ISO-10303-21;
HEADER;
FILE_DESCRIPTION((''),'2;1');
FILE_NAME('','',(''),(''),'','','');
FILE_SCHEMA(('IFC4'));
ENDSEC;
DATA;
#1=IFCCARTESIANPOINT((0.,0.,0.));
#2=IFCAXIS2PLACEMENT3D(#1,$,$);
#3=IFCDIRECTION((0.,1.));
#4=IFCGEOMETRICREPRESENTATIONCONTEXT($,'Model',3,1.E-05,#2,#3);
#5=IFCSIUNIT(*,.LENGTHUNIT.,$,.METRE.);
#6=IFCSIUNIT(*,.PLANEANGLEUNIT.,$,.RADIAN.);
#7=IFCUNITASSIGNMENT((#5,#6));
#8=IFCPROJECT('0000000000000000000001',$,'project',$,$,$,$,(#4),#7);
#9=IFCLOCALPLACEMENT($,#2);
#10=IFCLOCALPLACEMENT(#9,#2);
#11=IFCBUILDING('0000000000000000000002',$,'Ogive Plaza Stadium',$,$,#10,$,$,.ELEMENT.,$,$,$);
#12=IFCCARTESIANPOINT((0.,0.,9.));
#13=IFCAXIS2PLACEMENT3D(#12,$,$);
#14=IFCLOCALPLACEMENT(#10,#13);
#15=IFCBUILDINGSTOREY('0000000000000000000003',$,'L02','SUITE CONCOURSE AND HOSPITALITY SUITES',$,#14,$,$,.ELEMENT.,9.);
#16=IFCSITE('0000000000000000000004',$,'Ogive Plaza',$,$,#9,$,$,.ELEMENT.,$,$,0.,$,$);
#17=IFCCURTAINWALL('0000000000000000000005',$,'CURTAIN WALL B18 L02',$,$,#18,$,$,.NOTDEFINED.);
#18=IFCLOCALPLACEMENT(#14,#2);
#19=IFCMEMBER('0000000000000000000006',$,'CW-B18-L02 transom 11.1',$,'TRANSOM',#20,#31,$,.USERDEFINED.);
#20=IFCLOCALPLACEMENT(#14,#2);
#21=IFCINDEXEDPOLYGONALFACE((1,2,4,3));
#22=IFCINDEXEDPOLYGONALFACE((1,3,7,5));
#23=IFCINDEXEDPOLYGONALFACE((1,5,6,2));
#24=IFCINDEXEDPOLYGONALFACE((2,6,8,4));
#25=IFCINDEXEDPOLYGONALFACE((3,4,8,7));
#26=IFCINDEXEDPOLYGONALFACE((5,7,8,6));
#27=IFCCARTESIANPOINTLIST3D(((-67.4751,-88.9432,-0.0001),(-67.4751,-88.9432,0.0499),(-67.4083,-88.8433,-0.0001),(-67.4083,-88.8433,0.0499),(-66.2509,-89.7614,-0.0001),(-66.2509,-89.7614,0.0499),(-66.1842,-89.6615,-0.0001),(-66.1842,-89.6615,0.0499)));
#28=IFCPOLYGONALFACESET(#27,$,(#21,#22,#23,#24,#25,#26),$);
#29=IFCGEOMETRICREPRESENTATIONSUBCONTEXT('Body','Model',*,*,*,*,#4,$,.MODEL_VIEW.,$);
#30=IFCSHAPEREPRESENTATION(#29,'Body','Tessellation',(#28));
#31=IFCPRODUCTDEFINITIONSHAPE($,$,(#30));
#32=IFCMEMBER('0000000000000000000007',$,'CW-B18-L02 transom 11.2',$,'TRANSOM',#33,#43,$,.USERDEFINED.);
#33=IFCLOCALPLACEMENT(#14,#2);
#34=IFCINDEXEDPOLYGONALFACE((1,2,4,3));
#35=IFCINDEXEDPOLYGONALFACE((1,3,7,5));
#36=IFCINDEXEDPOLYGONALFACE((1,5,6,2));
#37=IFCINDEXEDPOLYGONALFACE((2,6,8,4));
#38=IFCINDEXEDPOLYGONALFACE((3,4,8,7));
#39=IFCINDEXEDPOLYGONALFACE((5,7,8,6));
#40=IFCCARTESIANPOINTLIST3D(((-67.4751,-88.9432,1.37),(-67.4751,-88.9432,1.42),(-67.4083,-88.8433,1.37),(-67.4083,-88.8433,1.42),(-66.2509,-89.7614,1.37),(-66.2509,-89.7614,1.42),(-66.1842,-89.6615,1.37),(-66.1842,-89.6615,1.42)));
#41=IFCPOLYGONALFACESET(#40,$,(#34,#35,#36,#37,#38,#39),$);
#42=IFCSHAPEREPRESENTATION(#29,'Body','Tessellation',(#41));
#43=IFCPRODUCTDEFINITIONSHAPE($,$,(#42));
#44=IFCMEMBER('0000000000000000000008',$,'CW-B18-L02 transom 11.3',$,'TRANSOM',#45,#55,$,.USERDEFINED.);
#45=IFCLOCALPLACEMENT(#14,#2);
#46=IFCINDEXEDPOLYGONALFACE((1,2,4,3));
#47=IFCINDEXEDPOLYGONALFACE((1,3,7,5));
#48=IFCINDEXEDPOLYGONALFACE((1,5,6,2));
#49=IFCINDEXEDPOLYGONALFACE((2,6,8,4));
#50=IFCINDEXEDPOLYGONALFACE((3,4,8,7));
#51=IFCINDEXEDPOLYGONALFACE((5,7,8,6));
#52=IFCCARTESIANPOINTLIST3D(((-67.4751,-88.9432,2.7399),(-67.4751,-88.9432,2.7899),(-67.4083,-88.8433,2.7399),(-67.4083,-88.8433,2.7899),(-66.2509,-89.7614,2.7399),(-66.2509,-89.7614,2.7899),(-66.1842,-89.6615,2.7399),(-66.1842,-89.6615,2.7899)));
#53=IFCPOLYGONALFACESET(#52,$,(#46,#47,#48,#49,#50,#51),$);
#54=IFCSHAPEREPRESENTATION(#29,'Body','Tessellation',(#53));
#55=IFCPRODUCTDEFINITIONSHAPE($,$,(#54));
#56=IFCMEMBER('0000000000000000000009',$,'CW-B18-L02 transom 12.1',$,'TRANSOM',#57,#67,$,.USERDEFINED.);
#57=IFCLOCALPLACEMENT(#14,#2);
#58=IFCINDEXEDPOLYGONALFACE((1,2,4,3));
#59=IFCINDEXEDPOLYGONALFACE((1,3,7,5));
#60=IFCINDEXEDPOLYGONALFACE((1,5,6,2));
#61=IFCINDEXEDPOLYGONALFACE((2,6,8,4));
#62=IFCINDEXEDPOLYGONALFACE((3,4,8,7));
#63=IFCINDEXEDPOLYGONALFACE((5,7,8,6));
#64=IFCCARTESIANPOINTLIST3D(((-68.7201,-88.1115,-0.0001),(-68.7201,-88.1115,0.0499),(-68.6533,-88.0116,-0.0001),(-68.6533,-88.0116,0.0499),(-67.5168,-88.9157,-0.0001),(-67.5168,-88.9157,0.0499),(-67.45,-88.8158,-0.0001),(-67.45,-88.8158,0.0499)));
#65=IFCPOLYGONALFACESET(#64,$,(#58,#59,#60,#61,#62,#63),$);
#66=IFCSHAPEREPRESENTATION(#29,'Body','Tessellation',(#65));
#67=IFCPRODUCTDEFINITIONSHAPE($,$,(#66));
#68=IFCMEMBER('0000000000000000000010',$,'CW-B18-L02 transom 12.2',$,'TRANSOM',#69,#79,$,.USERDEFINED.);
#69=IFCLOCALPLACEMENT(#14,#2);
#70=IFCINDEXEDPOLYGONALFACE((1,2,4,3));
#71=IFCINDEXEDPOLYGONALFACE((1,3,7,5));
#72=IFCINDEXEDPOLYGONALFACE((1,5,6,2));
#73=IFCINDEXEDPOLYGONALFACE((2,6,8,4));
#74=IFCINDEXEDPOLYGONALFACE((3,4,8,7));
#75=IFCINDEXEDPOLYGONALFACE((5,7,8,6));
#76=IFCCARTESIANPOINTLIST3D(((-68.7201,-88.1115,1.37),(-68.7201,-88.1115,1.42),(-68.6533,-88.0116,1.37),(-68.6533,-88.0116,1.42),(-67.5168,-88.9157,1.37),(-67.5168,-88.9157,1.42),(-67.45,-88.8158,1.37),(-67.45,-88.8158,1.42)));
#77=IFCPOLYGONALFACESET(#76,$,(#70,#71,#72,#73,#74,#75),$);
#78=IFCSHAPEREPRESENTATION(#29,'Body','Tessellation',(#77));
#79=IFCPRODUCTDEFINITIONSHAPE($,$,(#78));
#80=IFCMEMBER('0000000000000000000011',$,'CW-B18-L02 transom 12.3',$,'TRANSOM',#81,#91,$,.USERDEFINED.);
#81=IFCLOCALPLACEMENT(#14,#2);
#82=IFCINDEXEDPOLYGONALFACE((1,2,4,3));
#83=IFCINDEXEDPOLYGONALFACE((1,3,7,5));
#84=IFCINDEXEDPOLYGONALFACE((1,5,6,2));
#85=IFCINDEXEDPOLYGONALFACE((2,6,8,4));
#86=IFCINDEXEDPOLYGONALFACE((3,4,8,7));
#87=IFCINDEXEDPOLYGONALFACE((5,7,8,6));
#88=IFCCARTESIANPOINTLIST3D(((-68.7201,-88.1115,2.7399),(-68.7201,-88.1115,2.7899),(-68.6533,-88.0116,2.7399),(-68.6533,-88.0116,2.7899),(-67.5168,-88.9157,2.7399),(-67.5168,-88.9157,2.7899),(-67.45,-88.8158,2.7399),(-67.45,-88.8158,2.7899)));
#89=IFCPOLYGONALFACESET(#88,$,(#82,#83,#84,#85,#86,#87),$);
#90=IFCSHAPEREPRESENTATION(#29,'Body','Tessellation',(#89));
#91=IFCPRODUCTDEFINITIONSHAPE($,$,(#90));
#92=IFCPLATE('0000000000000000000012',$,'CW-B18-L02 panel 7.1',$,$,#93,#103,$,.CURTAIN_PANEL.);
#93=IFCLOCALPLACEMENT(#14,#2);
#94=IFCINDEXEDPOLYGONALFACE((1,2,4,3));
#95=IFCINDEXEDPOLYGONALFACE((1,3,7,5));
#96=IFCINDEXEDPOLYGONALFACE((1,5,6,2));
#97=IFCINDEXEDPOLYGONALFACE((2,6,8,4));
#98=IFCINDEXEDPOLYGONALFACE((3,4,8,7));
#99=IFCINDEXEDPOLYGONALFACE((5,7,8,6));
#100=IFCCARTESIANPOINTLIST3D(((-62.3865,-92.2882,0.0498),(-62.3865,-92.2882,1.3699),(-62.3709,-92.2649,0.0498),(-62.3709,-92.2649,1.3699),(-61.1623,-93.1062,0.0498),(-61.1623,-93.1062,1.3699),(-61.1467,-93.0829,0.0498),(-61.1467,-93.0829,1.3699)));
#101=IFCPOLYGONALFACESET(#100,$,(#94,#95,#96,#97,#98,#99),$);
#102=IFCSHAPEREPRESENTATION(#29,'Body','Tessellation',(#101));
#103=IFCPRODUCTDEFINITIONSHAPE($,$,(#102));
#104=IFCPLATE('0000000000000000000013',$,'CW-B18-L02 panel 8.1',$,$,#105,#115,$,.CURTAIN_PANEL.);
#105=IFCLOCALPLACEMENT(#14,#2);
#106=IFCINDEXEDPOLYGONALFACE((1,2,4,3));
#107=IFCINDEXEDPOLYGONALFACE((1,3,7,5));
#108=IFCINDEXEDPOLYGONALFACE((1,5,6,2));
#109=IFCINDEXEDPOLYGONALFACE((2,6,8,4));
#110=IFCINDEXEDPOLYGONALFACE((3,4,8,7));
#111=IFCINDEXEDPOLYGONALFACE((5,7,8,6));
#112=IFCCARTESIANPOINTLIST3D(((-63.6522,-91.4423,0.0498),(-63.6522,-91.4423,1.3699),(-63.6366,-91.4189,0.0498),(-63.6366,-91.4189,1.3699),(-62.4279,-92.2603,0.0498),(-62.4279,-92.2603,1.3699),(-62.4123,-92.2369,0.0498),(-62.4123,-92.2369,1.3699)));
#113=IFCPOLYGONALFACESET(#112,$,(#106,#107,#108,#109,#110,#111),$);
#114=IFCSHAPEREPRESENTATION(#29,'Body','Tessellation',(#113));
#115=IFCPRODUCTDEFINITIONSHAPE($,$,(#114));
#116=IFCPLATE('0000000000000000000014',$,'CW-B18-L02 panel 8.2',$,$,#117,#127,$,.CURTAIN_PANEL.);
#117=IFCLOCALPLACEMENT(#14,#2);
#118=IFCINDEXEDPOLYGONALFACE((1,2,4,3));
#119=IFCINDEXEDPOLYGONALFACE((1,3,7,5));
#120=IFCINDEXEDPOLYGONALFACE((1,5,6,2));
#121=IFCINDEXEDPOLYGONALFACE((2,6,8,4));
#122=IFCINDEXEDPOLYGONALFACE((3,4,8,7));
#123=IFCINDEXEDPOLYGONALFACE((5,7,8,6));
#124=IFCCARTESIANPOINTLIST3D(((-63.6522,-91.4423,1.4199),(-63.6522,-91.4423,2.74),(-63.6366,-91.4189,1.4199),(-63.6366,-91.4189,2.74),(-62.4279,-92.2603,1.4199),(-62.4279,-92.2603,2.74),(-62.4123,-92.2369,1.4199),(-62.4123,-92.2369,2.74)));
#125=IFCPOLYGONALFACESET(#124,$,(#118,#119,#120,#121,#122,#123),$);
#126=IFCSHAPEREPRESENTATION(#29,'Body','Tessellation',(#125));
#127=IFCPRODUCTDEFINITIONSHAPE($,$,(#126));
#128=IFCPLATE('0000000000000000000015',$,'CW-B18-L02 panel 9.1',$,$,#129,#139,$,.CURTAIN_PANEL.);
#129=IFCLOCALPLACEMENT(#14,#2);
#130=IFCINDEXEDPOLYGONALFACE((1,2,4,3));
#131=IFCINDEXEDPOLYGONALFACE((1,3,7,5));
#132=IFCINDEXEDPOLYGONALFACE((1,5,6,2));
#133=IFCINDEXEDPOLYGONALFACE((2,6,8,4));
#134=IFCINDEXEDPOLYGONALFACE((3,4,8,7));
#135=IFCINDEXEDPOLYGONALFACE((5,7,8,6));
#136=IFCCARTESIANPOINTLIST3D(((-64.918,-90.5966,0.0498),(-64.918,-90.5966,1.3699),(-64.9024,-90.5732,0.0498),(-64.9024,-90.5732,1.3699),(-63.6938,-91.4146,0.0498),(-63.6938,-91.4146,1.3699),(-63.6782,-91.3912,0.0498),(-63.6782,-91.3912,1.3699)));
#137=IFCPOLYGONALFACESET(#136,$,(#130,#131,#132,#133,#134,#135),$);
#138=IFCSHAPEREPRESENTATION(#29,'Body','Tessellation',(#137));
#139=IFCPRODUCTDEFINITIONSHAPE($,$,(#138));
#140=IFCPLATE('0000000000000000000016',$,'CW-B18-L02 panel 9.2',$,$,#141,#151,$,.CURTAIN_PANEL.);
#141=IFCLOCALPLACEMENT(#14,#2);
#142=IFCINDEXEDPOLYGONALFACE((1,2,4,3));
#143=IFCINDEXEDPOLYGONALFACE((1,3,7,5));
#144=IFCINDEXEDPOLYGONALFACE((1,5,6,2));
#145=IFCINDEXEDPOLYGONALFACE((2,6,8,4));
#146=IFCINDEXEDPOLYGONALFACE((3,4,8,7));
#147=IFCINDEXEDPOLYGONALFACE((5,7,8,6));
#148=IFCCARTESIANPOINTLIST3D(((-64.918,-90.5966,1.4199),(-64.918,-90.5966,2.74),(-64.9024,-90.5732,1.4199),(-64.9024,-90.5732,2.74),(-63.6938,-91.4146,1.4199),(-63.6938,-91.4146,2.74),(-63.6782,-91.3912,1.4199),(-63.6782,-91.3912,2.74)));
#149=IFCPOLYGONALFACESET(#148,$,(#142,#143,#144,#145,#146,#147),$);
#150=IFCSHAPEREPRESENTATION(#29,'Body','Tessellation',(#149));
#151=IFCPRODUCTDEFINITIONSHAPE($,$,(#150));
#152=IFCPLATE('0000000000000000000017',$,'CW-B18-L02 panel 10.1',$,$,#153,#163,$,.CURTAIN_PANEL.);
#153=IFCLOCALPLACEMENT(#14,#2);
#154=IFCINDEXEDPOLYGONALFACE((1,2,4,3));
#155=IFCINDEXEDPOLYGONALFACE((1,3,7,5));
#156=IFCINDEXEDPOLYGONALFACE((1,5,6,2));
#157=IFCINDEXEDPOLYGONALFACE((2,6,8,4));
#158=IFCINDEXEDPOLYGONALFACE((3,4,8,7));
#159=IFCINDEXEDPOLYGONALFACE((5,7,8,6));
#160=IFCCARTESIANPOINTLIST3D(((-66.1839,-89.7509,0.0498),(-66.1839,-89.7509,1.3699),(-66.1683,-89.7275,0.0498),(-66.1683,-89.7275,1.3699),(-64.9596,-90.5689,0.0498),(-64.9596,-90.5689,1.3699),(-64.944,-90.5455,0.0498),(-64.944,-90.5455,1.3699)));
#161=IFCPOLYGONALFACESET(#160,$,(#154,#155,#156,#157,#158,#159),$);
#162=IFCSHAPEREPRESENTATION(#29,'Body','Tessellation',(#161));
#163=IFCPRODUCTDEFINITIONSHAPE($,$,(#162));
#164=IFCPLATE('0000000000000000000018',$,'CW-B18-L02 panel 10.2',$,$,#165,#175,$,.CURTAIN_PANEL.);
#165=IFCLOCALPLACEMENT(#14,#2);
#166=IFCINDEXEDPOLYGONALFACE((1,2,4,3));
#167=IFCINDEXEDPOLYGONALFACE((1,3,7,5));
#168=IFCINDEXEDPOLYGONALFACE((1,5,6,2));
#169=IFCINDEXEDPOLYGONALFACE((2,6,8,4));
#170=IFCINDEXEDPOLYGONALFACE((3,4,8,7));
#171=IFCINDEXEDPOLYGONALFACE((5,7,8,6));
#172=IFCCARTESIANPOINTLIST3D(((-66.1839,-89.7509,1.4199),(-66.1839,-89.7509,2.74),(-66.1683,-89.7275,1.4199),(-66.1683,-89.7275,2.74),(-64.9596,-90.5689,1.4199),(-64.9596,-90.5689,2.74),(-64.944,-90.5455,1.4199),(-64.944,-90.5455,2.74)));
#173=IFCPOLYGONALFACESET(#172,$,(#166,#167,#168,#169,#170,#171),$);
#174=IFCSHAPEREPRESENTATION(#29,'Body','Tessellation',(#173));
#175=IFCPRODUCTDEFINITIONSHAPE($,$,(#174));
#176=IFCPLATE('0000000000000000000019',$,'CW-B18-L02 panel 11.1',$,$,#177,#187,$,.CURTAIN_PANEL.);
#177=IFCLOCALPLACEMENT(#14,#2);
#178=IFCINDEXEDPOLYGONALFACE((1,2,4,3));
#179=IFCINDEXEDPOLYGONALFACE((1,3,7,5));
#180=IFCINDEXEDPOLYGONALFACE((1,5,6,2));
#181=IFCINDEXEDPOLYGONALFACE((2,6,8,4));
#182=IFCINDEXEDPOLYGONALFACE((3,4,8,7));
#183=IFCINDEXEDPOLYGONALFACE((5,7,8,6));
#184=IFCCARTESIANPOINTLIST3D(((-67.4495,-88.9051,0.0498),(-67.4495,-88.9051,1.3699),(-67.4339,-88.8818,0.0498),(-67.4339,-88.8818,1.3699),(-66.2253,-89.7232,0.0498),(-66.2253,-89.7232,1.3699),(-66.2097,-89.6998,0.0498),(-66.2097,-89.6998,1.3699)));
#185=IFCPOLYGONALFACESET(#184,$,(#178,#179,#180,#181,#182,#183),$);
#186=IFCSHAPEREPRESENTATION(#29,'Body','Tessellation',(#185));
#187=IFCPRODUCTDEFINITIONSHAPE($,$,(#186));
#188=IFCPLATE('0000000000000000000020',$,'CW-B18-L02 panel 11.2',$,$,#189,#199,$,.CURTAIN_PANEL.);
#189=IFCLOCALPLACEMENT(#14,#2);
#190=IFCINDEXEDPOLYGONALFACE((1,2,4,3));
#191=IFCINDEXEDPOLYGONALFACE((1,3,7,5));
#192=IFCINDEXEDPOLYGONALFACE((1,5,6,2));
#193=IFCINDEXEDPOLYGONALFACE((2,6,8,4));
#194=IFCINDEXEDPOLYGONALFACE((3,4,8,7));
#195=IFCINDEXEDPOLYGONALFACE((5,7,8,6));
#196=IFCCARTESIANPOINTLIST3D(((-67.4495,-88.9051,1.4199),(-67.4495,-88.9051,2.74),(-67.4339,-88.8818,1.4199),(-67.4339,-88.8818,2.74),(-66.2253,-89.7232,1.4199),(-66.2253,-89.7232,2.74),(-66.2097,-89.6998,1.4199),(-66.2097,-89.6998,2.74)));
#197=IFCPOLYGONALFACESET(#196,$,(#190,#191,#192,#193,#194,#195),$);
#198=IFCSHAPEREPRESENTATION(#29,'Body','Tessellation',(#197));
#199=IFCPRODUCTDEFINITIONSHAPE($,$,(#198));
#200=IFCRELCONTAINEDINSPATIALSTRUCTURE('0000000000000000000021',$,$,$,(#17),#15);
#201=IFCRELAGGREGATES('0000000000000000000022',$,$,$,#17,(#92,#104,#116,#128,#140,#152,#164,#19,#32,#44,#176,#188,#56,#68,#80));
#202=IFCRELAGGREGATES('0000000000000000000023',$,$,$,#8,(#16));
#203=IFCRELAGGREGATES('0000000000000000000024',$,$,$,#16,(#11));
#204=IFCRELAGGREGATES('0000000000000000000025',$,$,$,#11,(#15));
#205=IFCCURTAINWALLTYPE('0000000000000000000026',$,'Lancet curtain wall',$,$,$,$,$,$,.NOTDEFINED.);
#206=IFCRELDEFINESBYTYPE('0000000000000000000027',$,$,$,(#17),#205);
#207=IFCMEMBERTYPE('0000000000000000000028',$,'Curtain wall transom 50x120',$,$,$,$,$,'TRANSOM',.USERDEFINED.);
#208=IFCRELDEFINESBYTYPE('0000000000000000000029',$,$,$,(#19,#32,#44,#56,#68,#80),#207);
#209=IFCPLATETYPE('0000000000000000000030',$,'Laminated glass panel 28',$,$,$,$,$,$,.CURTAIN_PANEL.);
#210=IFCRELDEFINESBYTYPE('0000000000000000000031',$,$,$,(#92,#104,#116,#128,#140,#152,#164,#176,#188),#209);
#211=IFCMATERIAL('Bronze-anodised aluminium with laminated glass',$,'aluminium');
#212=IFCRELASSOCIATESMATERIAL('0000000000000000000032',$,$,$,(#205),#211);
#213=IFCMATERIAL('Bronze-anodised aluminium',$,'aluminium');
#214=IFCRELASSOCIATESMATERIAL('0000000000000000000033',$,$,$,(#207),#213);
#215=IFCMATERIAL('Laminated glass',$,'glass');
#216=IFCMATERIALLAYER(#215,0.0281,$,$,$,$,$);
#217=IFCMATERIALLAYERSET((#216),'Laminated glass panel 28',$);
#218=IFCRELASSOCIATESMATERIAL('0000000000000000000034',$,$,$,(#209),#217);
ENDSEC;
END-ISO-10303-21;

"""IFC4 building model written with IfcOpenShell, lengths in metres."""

from ifc_helpers import new_model, si_unit, direction, frame, origin, origin_2d, place, context, subcontext, project, spatial, rectangle, extrude, material, layer, layer_set, material_profile, profile_set, type_object, element, aggregate, save


model = new_model("IFC4")

# Units and contexts
model_context = context("Model", 3, precision=1e-05, world=origin(), true_north=direction((0.0, 1.0)))
body_context = subcontext(model_context, "Body", "Model", "MODEL_VIEW")
ifc_project = project(units=[si_unit("LENGTHUNIT", "METRE"), si_unit("PLANEANGLEUNIT", "RADIAN")], contexts=[model_context])

# Site, building, storey
site_placement = place(None, origin())
site = spatial("IfcSite", under=ifc_project, at=site_placement, Name="Ogive Plaza", CompositionType="ELEMENT", RefElevation=0.0)
building_placement = place(site_placement, origin())
building = spatial("IfcBuilding", under=site, at=building_placement, Name="Ogive Plaza Stadium", CompositionType="ELEMENT")
storey_placement = place(building_placement, frame((0.0, 0.0, 9.0)))
storey = spatial("IfcBuildingStorey", under=building, at=storey_placement, Name="L02", Description="SUITE CONCOURSE AND HOSPITALITY SUITES", CompositionType="ELEMENT", Elevation=9.0)

# Curtain wall, members, plates
ifc_material_1 = material(Name="Bronze-anodised aluminium with laminated glass", Category="aluminium")
curtain_wall_type = type_object("IfcCurtainWallType", Name="Lancet curtain wall", PredefinedType="NOTDEFINED", material=ifc_material_1)
curtain_wall_placement = place(storey_placement, origin())
curtain_wall = element("IfcCurtainWall", 1, at=curtain_wall_placement, inside=storey, type_object=curtain_wall_type, Name="CURTAIN WALL B18 L02", PredefinedType="NOTDEFINED")
ifc_material_2 = material(Name="Bronze-anodised aluminium", Category="aluminium")
ifc_material_profile_1 = material_profile(ifc_material_2, rectangle(XDim=0.1201, YDim=0.05, at=origin_2d()), Name="AL 120x50")
ifc_profile_set_1 = profile_set([ifc_material_profile_1], Name="Bronze-anodised aluminium")
member_type_1 = type_object("IfcMemberType", Name="Curtain wall transom 50x120", ElementType="TRANSOM", PredefinedType="USERDEFINED", material=ifc_profile_set_1)
member_1_placement = place(storey_placement, frame((-66.2175, -89.7114, 0.0249), z_axis=(-0.831412, 0.555656, 0.0), x_axis=(-0.555656, -0.831412, 0.0)))
member_1 = element("IfcMember", 2, at=member_1_placement, type_object=member_type_1, Name="CW-B18-L02 transom 11.1", ObjectType="TRANSOM", PredefinedType="USERDEFINED", context=body_context, shape_type="SweptSolid", body=[
    extrude(rectangle(XDim=0.1201, YDim=0.05, at=origin_2d()), origin(), (0.0, 0.0, 1.0), 1.4724),
])
member_2_placement = place(storey_placement, frame((-66.2175, -89.7114, 1.395), z_axis=(-0.831412, 0.555656, 0.0), x_axis=(-0.555656, -0.831412, 0.0)))
member_2 = element("IfcMember", 3, at=member_2_placement, type_object=member_type_1, Name="CW-B18-L02 transom 11.2", ObjectType="TRANSOM", PredefinedType="USERDEFINED", context=body_context, shape_type="SweptSolid", body=[
    extrude(rectangle(XDim=0.1201, YDim=0.05, at=origin_2d()), origin(), (0.0, 0.0, 1.0), 1.4724),
])
member_3_placement = place(storey_placement, frame((-66.2175, -89.7114, 2.7649), z_axis=(-0.831412, 0.555656, 0.0), x_axis=(-0.555656, -0.831412, 0.0)))
member_3 = element("IfcMember", 4, at=member_3_placement, type_object=member_type_1, Name="CW-B18-L02 transom 11.3", ObjectType="TRANSOM", PredefinedType="USERDEFINED", context=body_context, shape_type="SweptSolid", body=[
    extrude(rectangle(XDim=0.1201, YDim=0.05, at=origin_2d()), origin(), (0.0, 0.0, 1.0), 1.4724),
])
member_4_placement = place(storey_placement, frame((-67.4834, -88.8657, 0.0249), z_axis=(-0.831427, 0.555634, 0.0), x_axis=(-0.555634, -0.831427, 0.0)))
member_4 = element("IfcMember", 5, at=member_4_placement, type_object=member_type_1, Name="CW-B18-L02 transom 12.1", ObjectType="TRANSOM", PredefinedType="USERDEFINED", context=body_context, shape_type="SweptSolid", body=[
    extrude(rectangle(XDim=0.1201, YDim=0.05, at=origin_2d()), origin(), (0.0, 0.0, 1.0), 1.4473),
])
member_5_placement = place(storey_placement, frame((-67.4834, -88.8657, 1.395), z_axis=(-0.831427, 0.555634, 0.0), x_axis=(-0.555634, -0.831427, 0.0)))
member_5 = element("IfcMember", 6, at=member_5_placement, type_object=member_type_1, Name="CW-B18-L02 transom 12.2", ObjectType="TRANSOM", PredefinedType="USERDEFINED", context=body_context, shape_type="SweptSolid", body=[
    extrude(rectangle(XDim=0.1201, YDim=0.05, at=origin_2d()), origin(), (0.0, 0.0, 1.0), 1.4473),
])
member_6_placement = place(storey_placement, frame((-67.4834, -88.8657, 2.7649), z_axis=(-0.831427, 0.555634, 0.0), x_axis=(-0.555634, -0.831427, 0.0)))
member_6 = element("IfcMember", 7, at=member_6_placement, type_object=member_type_1, Name="CW-B18-L02 transom 12.3", ObjectType="TRANSOM", PredefinedType="USERDEFINED", context=body_context, shape_type="SweptSolid", body=[
    extrude(rectangle(XDim=0.1201, YDim=0.05, at=origin_2d()), origin(), (0.0, 0.0, 1.0), 1.4473),
])
ifc_material_3 = material(Name="Laminated glass", Category="glass")
ifc_layer_1 = layer(ifc_material_3, 0.0281)
ifc_layer_set_1 = layer_set([ifc_layer_1], Name="Laminated glass panel 28")
plate_type = type_object("IfcPlateType", Name="Laminated glass panel 28", PredefinedType="CURTAIN_PANEL", material=ifc_layer_set_1)
plate_1_placement = place(storey_placement, frame((-61.7666, -92.6855, 0.0498), z_axis=(0.0, 0.0, 1.0), x_axis=(-0.83147, 0.55557, 0.0)))
plate_1 = element("IfcPlate", 8, at=plate_1_placement, type_object=plate_type, Name="CW-B18-L02 panel 7.1", PredefinedType="CURTAIN_PANEL", context=body_context, shape_type="SweptSolid", body=[
    extrude(rectangle(XDim=1.4724, YDim=0.0281, at=origin_2d()), origin(), (0.0, 0.0, 1.0), 1.3201),
])
plate_2_placement = place(storey_placement, frame((-63.0322, -91.8396, 0.0498), z_axis=(0.0, 0.0, 1.0), x_axis=(-0.83147, 0.55557, 0.0)))
plate_2 = element("IfcPlate", 9, at=plate_2_placement, type_object=plate_type, Name="CW-B18-L02 panel 8.1", PredefinedType="CURTAIN_PANEL", context=body_context, shape_type="SweptSolid", body=[
    extrude(rectangle(XDim=1.4724, YDim=0.0281, at=origin_2d()), origin(), (0.0, 0.0, 1.0), 1.3201),
])
plate_3_placement = place(storey_placement, frame((-63.0322, -91.8396, 1.4199), z_axis=(0.0, 0.0, 1.0), x_axis=(-0.83147, 0.55557, 0.0)))
plate_3 = element("IfcPlate", 10, at=plate_3_placement, type_object=plate_type, Name="CW-B18-L02 panel 8.2", PredefinedType="CURTAIN_PANEL", context=body_context, shape_type="SweptSolid", body=[
    extrude(rectangle(XDim=1.4724, YDim=0.0281, at=origin_2d()), origin(), (0.0, 0.0, 1.0), 1.3201),
])
plate_4_placement = place(storey_placement, frame((-64.2981, -90.9939, 0.0498), z_axis=(0.0, 0.0, 1.0), x_axis=(-0.83147, 0.55557, 0.0)))
plate_4 = element("IfcPlate", 11, at=plate_4_placement, type_object=plate_type, Name="CW-B18-L02 panel 9.1", PredefinedType="CURTAIN_PANEL", context=body_context, shape_type="SweptSolid", body=[
    extrude(rectangle(XDim=1.4724, YDim=0.0281, at=origin_2d()), origin(), (0.0, 0.0, 1.0), 1.3201),
])
plate_5_placement = place(storey_placement, frame((-64.2981, -90.9939, 1.4199), z_axis=(0.0, 0.0, 1.0), x_axis=(-0.83147, 0.55557, 0.0)))
plate_5 = element("IfcPlate", 12, at=plate_5_placement, type_object=plate_type, Name="CW-B18-L02 panel 9.2", PredefinedType="CURTAIN_PANEL", context=body_context, shape_type="SweptSolid", body=[
    extrude(rectangle(XDim=1.4724, YDim=0.0281, at=origin_2d()), origin(), (0.0, 0.0, 1.0), 1.3201),
])
plate_6_placement = place(storey_placement, frame((-65.564, -90.1482, 0.0498), z_axis=(0.0, 0.0, 1.0), x_axis=(-0.83147, 0.55557, 0.0)))
plate_6 = element("IfcPlate", 13, at=plate_6_placement, type_object=plate_type, Name="CW-B18-L02 panel 10.1", PredefinedType="CURTAIN_PANEL", context=body_context, shape_type="SweptSolid", body=[
    extrude(rectangle(XDim=1.4724, YDim=0.0281, at=origin_2d()), origin(), (0.0, 0.0, 1.0), 1.3201),
])
plate_7_placement = place(storey_placement, frame((-65.564, -90.1482, 1.4199), z_axis=(0.0, 0.0, 1.0), x_axis=(-0.83147, 0.55557, 0.0)))
plate_7 = element("IfcPlate", 14, at=plate_7_placement, type_object=plate_type, Name="CW-B18-L02 panel 10.2", PredefinedType="CURTAIN_PANEL", context=body_context, shape_type="SweptSolid", body=[
    extrude(rectangle(XDim=1.4724, YDim=0.0281, at=origin_2d()), origin(), (0.0, 0.0, 1.0), 1.3201),
])
plate_8_placement = place(storey_placement, frame((-66.8296, -89.3025, 0.0498), z_axis=(0.0, 0.0, 1.0), x_axis=(-0.83147, 0.55557, 0.0)))
plate_8 = element("IfcPlate", 15, at=plate_8_placement, type_object=plate_type, Name="CW-B18-L02 panel 11.1", PredefinedType="CURTAIN_PANEL", context=body_context, shape_type="SweptSolid", body=[
    extrude(rectangle(XDim=1.4724, YDim=0.0281, at=origin_2d()), origin(), (0.0, 0.0, 1.0), 1.3201),
])
plate_9_placement = place(storey_placement, frame((-66.8296, -89.3025, 1.4199), z_axis=(0.0, 0.0, 1.0), x_axis=(-0.83147, 0.55557, 0.0)))
plate_9 = element("IfcPlate", 16, at=plate_9_placement, type_object=plate_type, Name="CW-B18-L02 panel 11.2", PredefinedType="CURTAIN_PANEL", context=body_context, shape_type="SweptSolid", body=[
    extrude(rectangle(XDim=1.4724, YDim=0.0281, at=origin_2d()), origin(), (0.0, 0.0, 1.0), 1.3201),
])
aggregate(curtain_wall, [plate_1, plate_2, plate_3, plate_4, plate_5, plate_6, plate_7, member_1, member_2, member_3, plate_8, plate_9, member_4, member_5, member_6])

save(model, "model.ifc")
